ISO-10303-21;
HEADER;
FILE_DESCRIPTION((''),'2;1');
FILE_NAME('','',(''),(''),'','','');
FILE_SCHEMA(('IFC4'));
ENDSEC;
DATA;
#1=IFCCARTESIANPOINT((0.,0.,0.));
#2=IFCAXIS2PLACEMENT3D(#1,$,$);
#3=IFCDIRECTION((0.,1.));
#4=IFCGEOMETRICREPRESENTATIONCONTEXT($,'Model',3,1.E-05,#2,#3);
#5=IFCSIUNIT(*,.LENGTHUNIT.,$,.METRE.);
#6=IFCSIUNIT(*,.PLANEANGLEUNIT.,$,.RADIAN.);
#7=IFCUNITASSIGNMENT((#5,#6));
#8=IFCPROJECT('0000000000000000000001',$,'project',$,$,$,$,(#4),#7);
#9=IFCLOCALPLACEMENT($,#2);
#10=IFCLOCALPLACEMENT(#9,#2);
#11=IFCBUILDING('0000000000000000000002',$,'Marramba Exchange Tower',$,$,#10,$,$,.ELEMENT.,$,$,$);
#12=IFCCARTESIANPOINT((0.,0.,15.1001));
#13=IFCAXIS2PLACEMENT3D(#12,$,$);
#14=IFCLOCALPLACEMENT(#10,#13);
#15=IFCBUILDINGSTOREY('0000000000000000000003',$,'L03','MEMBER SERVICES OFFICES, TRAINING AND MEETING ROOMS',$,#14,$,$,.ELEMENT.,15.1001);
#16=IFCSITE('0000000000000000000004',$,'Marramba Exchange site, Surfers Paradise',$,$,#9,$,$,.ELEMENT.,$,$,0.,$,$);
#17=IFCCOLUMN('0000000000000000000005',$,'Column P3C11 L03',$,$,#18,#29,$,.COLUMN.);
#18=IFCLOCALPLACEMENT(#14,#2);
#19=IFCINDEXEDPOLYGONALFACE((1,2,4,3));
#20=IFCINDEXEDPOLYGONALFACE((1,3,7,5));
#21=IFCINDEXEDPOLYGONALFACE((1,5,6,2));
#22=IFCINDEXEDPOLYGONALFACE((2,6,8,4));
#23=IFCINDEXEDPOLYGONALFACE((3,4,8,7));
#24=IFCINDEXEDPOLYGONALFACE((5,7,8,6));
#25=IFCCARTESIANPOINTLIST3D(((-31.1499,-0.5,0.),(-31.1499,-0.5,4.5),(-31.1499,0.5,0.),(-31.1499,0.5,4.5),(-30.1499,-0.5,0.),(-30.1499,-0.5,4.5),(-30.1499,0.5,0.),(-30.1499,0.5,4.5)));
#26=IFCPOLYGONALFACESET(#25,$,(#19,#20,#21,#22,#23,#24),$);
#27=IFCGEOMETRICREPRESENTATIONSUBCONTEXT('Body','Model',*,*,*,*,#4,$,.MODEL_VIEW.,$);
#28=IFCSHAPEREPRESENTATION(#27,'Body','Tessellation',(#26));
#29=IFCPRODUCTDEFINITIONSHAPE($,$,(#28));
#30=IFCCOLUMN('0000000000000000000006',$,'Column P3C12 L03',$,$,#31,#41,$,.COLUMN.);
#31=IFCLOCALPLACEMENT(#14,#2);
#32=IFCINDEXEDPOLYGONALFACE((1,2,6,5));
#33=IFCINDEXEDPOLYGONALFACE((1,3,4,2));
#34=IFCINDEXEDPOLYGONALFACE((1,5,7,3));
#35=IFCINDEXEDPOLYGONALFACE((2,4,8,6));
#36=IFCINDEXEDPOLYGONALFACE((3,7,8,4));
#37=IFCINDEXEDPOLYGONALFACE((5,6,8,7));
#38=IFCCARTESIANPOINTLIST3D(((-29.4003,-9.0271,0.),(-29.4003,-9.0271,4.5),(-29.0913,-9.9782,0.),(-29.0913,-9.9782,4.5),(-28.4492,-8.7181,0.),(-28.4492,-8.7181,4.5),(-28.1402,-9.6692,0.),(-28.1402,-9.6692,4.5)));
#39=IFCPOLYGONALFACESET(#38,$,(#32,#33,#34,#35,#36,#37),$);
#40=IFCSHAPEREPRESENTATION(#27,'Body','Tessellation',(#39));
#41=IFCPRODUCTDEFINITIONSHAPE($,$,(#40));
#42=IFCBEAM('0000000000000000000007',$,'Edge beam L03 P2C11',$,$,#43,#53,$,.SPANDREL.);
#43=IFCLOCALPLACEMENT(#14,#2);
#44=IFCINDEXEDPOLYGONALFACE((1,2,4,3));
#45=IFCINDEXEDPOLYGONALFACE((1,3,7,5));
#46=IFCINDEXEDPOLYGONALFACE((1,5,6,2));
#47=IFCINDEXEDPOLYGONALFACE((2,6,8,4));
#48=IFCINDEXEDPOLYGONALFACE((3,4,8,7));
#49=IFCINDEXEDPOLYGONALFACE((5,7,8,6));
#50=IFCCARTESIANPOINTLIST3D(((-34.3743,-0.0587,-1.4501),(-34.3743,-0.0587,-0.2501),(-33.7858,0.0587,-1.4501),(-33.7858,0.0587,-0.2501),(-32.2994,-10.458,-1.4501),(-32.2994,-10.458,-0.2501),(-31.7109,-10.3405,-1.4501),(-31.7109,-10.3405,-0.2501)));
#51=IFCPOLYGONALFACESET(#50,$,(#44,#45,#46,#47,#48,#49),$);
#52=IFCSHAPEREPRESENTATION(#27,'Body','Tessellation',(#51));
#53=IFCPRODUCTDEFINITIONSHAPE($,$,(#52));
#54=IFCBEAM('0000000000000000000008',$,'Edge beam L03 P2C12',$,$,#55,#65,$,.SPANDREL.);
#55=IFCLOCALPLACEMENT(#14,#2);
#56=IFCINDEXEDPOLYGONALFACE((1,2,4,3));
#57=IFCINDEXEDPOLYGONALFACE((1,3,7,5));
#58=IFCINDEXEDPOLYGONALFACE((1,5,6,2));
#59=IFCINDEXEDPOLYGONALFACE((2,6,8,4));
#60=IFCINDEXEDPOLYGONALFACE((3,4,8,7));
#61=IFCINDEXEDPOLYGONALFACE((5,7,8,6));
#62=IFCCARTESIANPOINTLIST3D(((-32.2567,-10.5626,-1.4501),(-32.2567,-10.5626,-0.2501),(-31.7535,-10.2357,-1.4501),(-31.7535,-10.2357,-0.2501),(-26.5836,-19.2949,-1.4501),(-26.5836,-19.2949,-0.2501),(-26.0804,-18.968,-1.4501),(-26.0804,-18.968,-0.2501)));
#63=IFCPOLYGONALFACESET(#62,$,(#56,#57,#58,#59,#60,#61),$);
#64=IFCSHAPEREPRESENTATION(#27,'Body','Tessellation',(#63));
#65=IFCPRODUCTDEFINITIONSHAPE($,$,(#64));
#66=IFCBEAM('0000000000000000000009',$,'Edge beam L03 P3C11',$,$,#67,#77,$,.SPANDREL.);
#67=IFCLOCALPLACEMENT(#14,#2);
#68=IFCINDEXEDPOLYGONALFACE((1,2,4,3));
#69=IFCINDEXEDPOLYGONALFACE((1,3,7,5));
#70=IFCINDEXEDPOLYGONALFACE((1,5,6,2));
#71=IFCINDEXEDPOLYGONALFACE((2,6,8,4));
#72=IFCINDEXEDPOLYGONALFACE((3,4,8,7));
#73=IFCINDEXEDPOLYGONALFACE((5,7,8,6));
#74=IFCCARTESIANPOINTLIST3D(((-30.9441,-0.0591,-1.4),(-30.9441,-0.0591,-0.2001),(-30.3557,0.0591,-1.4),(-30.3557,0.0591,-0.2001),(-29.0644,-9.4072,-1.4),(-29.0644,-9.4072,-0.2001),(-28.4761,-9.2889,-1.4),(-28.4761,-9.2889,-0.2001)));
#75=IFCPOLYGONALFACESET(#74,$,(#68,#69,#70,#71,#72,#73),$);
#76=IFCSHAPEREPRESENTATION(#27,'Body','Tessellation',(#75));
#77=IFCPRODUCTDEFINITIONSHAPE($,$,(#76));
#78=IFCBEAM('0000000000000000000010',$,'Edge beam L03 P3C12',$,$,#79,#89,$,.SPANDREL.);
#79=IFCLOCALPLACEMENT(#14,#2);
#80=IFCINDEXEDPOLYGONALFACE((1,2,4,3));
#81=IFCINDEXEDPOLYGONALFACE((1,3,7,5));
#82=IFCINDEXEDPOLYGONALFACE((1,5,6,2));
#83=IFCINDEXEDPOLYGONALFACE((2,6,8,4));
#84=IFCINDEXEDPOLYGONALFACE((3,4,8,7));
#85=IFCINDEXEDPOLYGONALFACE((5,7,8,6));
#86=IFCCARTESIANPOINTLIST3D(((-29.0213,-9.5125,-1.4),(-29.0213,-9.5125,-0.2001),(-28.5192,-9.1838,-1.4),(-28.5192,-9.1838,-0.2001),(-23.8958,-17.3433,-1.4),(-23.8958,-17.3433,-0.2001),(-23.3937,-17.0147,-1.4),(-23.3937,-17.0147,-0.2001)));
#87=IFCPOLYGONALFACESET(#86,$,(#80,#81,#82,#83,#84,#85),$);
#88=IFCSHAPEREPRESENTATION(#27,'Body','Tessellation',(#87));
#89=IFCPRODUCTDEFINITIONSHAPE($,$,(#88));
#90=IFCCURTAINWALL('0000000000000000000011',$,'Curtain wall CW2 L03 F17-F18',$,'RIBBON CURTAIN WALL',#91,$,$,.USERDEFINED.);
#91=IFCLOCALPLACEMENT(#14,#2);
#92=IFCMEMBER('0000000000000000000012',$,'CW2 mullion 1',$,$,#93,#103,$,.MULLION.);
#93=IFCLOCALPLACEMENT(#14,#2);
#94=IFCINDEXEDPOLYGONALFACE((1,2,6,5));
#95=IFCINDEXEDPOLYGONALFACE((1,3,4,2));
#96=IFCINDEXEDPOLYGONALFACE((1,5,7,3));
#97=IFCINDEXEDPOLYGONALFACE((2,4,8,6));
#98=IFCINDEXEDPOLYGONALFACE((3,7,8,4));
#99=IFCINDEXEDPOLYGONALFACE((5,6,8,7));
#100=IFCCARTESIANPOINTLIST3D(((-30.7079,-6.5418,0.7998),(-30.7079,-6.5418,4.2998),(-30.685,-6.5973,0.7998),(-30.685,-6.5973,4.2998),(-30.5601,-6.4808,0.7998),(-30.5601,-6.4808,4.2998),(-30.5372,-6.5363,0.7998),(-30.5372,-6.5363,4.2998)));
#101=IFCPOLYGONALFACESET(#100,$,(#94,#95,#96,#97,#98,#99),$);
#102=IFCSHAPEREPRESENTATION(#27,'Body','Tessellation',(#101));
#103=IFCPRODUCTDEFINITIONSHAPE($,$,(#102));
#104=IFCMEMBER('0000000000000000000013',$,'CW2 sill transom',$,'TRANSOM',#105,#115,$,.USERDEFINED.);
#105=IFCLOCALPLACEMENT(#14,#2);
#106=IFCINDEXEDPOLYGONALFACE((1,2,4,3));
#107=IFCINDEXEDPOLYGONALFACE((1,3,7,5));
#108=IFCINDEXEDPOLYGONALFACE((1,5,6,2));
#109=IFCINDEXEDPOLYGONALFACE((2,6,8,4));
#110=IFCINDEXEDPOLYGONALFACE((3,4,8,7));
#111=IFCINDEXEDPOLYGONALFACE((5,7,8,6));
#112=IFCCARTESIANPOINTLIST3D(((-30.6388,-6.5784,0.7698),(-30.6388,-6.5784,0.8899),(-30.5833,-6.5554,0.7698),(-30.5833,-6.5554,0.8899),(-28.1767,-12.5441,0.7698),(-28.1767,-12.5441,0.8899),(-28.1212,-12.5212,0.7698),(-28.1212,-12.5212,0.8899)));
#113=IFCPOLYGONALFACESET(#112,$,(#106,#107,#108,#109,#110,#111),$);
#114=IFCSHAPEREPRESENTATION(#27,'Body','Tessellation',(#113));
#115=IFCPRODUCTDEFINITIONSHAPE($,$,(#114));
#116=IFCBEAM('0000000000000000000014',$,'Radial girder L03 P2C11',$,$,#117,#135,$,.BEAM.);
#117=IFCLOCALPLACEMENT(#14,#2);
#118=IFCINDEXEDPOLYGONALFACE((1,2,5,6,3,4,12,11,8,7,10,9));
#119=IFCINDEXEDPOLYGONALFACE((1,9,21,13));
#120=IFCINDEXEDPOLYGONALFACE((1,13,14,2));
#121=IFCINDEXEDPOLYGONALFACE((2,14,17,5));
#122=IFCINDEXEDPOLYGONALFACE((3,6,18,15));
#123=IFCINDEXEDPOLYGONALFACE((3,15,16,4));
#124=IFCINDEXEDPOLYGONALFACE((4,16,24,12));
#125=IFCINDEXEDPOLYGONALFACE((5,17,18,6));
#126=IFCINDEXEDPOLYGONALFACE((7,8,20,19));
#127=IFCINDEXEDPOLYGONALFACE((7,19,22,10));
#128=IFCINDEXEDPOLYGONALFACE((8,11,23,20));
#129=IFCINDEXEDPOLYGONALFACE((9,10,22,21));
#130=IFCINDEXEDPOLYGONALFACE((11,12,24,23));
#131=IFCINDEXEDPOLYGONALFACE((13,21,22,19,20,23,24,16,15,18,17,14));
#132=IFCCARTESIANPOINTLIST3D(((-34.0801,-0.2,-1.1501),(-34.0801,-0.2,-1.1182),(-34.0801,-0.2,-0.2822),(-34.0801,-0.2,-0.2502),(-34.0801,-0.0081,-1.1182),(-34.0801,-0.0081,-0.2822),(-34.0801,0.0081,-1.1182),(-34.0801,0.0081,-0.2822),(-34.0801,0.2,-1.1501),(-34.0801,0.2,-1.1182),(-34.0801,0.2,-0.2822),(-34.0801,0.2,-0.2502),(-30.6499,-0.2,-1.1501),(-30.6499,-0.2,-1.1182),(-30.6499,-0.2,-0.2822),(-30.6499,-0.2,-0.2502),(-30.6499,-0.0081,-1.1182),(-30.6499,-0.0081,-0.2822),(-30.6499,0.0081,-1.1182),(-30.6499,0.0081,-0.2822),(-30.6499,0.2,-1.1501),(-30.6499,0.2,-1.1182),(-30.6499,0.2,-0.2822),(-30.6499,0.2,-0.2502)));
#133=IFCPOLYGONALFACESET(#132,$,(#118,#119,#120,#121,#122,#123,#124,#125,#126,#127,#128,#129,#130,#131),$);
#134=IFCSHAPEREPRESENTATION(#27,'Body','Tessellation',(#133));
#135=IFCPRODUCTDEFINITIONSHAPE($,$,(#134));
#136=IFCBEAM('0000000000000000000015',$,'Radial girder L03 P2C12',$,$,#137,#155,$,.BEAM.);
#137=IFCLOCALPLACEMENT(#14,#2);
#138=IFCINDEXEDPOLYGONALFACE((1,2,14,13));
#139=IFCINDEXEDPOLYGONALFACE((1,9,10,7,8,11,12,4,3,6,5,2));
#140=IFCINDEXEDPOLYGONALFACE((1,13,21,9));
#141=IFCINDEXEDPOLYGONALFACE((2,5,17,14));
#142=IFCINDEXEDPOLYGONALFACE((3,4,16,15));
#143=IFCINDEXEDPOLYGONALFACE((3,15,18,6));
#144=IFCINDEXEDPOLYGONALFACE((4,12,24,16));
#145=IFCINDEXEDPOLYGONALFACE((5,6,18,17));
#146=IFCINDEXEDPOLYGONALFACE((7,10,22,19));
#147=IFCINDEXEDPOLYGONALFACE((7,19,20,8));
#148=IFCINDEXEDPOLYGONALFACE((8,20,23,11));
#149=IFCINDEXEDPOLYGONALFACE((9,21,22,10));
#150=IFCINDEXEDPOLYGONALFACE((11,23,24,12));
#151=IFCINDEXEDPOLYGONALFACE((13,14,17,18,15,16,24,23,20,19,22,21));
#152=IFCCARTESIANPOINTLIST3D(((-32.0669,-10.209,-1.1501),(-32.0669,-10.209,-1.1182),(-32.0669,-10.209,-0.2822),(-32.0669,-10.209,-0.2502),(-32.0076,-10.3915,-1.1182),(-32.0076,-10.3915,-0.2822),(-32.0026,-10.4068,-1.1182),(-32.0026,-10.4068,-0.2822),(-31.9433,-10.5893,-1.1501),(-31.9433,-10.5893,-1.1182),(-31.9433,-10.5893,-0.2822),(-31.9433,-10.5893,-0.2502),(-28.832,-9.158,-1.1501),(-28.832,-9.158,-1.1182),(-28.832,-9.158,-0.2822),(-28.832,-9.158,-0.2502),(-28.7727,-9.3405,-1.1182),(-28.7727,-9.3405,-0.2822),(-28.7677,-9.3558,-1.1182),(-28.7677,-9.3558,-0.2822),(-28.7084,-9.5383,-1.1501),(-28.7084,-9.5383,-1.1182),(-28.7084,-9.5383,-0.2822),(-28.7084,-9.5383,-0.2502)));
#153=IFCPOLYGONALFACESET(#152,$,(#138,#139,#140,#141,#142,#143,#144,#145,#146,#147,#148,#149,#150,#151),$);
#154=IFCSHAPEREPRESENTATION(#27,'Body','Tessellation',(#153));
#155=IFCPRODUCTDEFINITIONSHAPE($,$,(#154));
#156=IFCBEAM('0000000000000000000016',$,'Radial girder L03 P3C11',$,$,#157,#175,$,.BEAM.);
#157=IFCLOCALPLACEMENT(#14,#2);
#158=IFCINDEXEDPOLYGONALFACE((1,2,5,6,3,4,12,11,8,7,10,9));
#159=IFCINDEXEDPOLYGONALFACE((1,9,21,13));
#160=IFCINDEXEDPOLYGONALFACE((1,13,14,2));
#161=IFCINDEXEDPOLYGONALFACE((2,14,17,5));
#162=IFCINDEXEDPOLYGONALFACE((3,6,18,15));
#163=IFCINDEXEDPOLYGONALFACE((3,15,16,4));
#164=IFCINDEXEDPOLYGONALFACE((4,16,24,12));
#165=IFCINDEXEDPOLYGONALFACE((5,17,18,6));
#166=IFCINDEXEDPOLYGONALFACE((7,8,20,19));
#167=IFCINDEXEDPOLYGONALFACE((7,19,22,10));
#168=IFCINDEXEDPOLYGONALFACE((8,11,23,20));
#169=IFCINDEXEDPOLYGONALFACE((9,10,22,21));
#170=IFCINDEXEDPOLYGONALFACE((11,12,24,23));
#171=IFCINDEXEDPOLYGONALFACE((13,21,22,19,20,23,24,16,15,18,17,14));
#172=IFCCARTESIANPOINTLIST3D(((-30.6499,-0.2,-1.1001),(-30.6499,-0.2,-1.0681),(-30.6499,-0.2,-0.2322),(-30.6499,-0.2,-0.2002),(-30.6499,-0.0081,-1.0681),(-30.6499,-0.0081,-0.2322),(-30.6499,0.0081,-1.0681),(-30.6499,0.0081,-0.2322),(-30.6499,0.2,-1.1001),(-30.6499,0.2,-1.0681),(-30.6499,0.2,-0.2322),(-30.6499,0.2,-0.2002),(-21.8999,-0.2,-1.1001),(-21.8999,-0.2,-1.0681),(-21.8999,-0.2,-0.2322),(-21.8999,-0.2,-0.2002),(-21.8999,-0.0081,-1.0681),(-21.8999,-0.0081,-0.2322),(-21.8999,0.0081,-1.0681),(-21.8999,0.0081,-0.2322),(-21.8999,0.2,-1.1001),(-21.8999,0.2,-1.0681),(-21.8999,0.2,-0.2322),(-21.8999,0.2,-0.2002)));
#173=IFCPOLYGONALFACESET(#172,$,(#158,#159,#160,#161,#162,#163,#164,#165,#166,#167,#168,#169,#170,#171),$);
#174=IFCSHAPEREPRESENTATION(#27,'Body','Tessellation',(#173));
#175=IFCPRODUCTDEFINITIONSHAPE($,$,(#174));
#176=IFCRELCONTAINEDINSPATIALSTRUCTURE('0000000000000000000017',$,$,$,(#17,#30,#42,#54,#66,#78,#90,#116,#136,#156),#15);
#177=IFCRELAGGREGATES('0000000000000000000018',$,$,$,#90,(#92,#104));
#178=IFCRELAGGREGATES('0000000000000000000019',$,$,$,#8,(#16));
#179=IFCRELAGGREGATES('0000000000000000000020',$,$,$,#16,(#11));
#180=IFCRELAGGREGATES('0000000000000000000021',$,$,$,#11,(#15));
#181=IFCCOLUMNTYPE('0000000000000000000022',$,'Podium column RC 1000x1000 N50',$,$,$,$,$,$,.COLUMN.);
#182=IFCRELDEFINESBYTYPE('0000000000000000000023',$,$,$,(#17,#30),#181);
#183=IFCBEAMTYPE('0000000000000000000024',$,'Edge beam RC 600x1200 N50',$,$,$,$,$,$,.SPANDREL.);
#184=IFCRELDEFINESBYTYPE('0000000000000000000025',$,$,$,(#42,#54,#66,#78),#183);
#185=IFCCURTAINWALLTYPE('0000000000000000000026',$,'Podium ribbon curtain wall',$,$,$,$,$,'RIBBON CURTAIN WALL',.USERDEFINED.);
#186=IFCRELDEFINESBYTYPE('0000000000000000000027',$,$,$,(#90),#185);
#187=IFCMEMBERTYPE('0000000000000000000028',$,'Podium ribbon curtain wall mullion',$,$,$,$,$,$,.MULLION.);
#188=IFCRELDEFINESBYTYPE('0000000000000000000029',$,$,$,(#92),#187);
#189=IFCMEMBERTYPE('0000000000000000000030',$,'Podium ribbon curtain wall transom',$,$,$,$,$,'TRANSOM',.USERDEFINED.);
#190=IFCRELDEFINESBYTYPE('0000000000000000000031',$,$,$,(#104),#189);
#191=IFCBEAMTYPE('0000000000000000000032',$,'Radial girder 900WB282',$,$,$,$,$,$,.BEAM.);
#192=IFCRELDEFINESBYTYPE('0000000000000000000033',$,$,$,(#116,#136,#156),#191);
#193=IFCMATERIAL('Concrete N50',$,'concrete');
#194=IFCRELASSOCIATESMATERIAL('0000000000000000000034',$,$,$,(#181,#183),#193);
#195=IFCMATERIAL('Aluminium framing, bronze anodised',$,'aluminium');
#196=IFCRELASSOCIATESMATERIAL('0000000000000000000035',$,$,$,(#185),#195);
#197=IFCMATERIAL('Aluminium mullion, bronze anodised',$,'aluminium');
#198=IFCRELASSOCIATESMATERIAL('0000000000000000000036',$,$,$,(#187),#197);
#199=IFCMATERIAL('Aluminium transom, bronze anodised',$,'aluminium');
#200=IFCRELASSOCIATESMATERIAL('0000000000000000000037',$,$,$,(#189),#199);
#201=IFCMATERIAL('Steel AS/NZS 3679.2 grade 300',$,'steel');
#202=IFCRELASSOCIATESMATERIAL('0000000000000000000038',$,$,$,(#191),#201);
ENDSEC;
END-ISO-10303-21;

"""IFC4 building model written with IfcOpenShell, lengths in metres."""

from ifc_helpers import new_model, si_unit, direction, frame, origin, origin_2d, place, context, subcontext, project, spatial, rectangle, i_section, extrude, material, material_profile, profile_set, type_object, element, aggregate, save


model = new_model("IFC4")

# Units and contexts
model_context = context("Model", 3, precision=1e-05, world=origin(), true_north=direction((0.0, 1.0)))
body_context = subcontext(model_context, "Body", "Model", "MODEL_VIEW")
ifc_project = project(units=[si_unit("LENGTHUNIT", "METRE"), si_unit("PLANEANGLEUNIT", "RADIAN")], contexts=[model_context])

# Site, building, storey
site_placement = place(None, origin())
site = spatial("IfcSite", under=ifc_project, at=site_placement, Name="Marramba Exchange site, Surfers Paradise", CompositionType="ELEMENT", RefElevation=0.0)
building_placement = place(site_placement, origin())
building = spatial("IfcBuilding", under=site, at=building_placement, Name="Marramba Exchange Tower", CompositionType="ELEMENT")
storey_placement = place(building_placement, frame((0.0, 0.0, 15.1001)))
storey = spatial("IfcBuildingStorey", under=building, at=storey_placement, Name="L03", Description="MEMBER SERVICES OFFICES, TRAINING AND MEETING ROOMS", CompositionType="ELEMENT", Elevation=15.1001)

# Columns
ifc_material_1 = material(Name="Concrete N50", Category="concrete")
ifc_material_profile_1 = material_profile(ifc_material_1, rectangle(XDim=1.0, YDim=1.0, at=origin_2d()), Name="RC 1000x1000")
ifc_profile_set_1 = profile_set([ifc_material_profile_1], Name="Concrete N50")
column_type = type_object("IfcColumnType", Name="Podium column RC 1000x1000 N50", PredefinedType="COLUMN", material=ifc_profile_set_1)
for number, where, z_axis, x_axis, name in (
    (1, (-30.6499, 0.0, 0.0), (0.0, 0.0, 1.0), (-1.0, 0.0, 0.0), "Column P3C11 L03"),
    (2, (-28.7703, -9.3481, 0.0), (0.0, 0.0, 1.0), (-0.951057, -0.309017, 0.0), "Column P3C12 L03"),
):
    element("IfcColumn", number, at=place(storey_placement, frame(where, z_axis=z_axis, x_axis=x_axis)), inside=storey, type_object=column_type, Name=name, PredefinedType="COLUMN", context=body_context, shape_type="SweptSolid", body=[
        extrude(rectangle(XDim=1.0, YDim=1.0, at=origin_2d()), origin(), (0.0, 0.0, 1.0), 4.5),
    ])

# Beams
ifc_material_profile_2 = material_profile(ifc_material_1, rectangle(XDim=0.6001, YDim=1.2, at=origin_2d()), Name="RC 600x1200")
ifc_profile_set_2 = profile_set([ifc_material_profile_2], Name="Concrete N50")
beam_type_1 = type_object("IfcBeamType", Name="Edge beam RC 600x1200 N50", PredefinedType="SPANDREL", material=ifc_profile_set_2)
beam_1_placement = place(storey_placement, frame((-34.0801, 0.0, -0.8501), z_axis=(0.195673, -0.980669, 0.0), x_axis=(0.980669, 0.195673, 0.0)))
element("IfcBeam", 3, at=beam_1_placement, inside=storey, type_object=beam_type_1, Name="Edge beam L03 P2C11", PredefinedType="SPANDREL", context=body_context, shape_type="SweptSolid", body=[
    extrude(rectangle(XDim=0.6001, YDim=1.2, at=origin_2d()), origin(), (0.0, 0.0, 1.0), 10.6042),
])
beam_2_placement = place(storey_placement, frame((-32.0051, -10.3992, -0.8501), z_axis=(0.544798, -0.838567, 0.0), x_axis=(0.838567, 0.544798, 0.0)))
element("IfcBeam", 4, at=beam_2_placement, inside=storey, type_object=beam_type_1, Name="Edge beam L03 P2C12", PredefinedType="SPANDREL", context=body_context, shape_type="SweptSolid", body=[
    extrude(rectangle(XDim=0.6001, YDim=1.2, at=origin_2d()), origin(), (0.0, 0.0, 1.0), 10.4133),
])
beam_3_placement = place(storey_placement, frame((-30.6499, 0.0, -0.8), z_axis=(0.197125, -0.980378, 0.0), x_axis=(0.980378, 0.197125, 0.0)))
element("IfcBeam", 5, at=beam_3_placement, inside=storey, type_object=beam_type_1, Name="Edge beam L03 P3C11", PredefinedType="SPANDREL", context=body_context, shape_type="SweptSolid", body=[
    extrude(rectangle(XDim=0.6001, YDim=1.2, at=origin_2d()), origin(), (0.0, 0.0, 1.0), 9.5352),
])
beam_4_placement = place(storey_placement, frame((-28.7703, -9.3481, -0.8), z_axis=(0.547649, -0.836708, 0.0), x_axis=(0.836708, 0.547649, 0.0)))
element("IfcBeam", 6, at=beam_4_placement, inside=storey, type_object=beam_type_1, Name="Edge beam L03 P3C12", PredefinedType="SPANDREL", context=body_context, shape_type="SweptSolid", body=[
    extrude(rectangle(XDim=0.6001, YDim=1.2, at=origin_2d()), origin(), (0.0, 0.0, 1.0), 9.3591),
])

# Curtain wall, members
ifc_material_2 = material(Name="Aluminium framing, bronze anodised", Category="aluminium")
curtain_wall_type = type_object("IfcCurtainWallType", Name="Podium ribbon curtain wall", ElementType="RIBBON CURTAIN WALL", PredefinedType="USERDEFINED", material=ifc_material_2)
curtain_wall_placement = place(storey_placement, origin())
curtain_wall = element("IfcCurtainWall", 7, at=curtain_wall_placement, inside=storey, type_object=curtain_wall_type, Name="Curtain wall CW2 L03 F17-F18", ObjectType="RIBBON CURTAIN WALL", PredefinedType="USERDEFINED")
ifc_material_3 = material(Name="Aluminium mullion, bronze anodised", Category="aluminium")
ifc_material_profile_3 = material_profile(ifc_material_3, rectangle(XDim=0.1599, YDim=0.0601, at=origin_2d()), Name="CW2 mullion 60x160")
ifc_profile_set_3 = profile_set([ifc_material_profile_3], Name="Aluminium mullion, bronze anodised")
member_type_1 = type_object("IfcMemberType", Name="Podium ribbon curtain wall mullion", PredefinedType="MULLION", material=ifc_profile_set_3)
member_1_placement = place(storey_placement, frame((-30.6226, -6.5391, 0.7998), z_axis=(0.0, 0.0, 1.0), x_axis=(0.924363, 0.381514, 0.0)))
member_1 = element("IfcMember", 8, at=member_1_placement, type_object=member_type_1, Name="CW2 mullion 1", PredefinedType="MULLION", context=body_context, shape_type="SweptSolid", body=[
    extrude(rectangle(XDim=0.1599, YDim=0.0601, at=origin_2d()), origin(), (0.0, 0.0, 1.0), 3.5),
])
ifc_material_4 = material(Name="Aluminium transom, bronze anodised", Category="aluminium")
ifc_material_profile_4 = material_profile(ifc_material_4, rectangle(XDim=0.0601, YDim=0.1201, at=origin_2d()), Name="CW2 transom 60x120")
ifc_profile_set_4 = profile_set([ifc_material_profile_4], Name="Aluminium transom, bronze anodised")
member_type_2 = type_object("IfcMemberType", Name="Podium ribbon curtain wall transom", ElementType="TRANSOM", PredefinedType="USERDEFINED", material=ifc_profile_set_4)
member_2_placement = place(storey_placement, frame((-30.6111, -6.5669, 0.8298), z_axis=(0.381497, -0.92437, 0.0), x_axis=(0.92437, 0.381497, 0.0)))
member_2 = element("IfcMember", 9, at=member_2_placement, type_object=member_type_2, Name="CW2 sill transom", ObjectType="TRANSOM", PredefinedType="USERDEFINED", context=body_context, shape_type="SweptSolid", body=[
    extrude(rectangle(XDim=0.0601, YDim=0.1201, at=origin_2d()), origin(), (0.0, 0.0, 1.0), 6.4539),
])

# Beams
ifc_material_5 = material(Name="Steel AS/NZS 3679.2 grade 300", Category="steel")
ifc_material_profile_5 = material_profile(ifc_material_5, i_section(OverallWidth=0.3999, OverallDepth=0.8999, WebThickness=0.0161, FlangeThickness=0.032, at=origin_2d()), Name="900WB282")
ifc_profile_set_5 = profile_set([ifc_material_profile_5], Name="Steel AS/NZS 3679.2 grade 300")
beam_type_2 = type_object("IfcBeamType", Name="Radial girder 900WB282", PredefinedType="BEAM", material=ifc_profile_set_5)
beam_5_placement = place(storey_placement, frame((-34.0801, 0.0, -0.7002), z_axis=(1.0, 0.0, 0.0), x_axis=(0.0, 1.0, 0.0)))
element("IfcBeam", 10, at=beam_5_placement, inside=storey, type_object=beam_type_2, Name="Radial girder L03 P2C11", PredefinedType="BEAM", context=body_context, shape_type="SweptSolid", body=[
    extrude(i_section(OverallWidth=0.3999, OverallDepth=0.8999, WebThickness=0.0161, FlangeThickness=0.032, at=origin_2d()), origin(), (0.0, 0.0, 1.0), 3.4302),
])
beam_6_placement = place(storey_placement, frame((-32.0051, -10.3992, -0.7002), z_axis=(0.95106, 0.309005, 0.0), x_axis=(-0.309005, 0.95106, 0.0)))
element("IfcBeam", 11, at=beam_6_placement, inside=storey, type_object=beam_type_2, Name="Radial girder L03 P2C12", PredefinedType="BEAM", context=body_context, shape_type="SweptSolid", body=[
    extrude(i_section(OverallWidth=0.3999, OverallDepth=0.8999, WebThickness=0.0161, FlangeThickness=0.032, at=origin_2d()), origin(), (0.0, 0.0, 1.0), 3.4014),
])
beam_7_placement = place(storey_placement, frame((-30.6499, 0.0, -0.6501), z_axis=(1.0, 0.0, 0.0), x_axis=(0.0, 1.0, 0.0)))
element("IfcBeam", 12, at=beam_7_placement, inside=storey, type_object=beam_type_2, Name="Radial girder L03 P3C11", PredefinedType="BEAM", context=body_context, shape_type="SweptSolid", body=[
    extrude(i_section(OverallWidth=0.3999, OverallDepth=0.8999, WebThickness=0.0161, FlangeThickness=0.032, at=origin_2d()), origin(), (0.0, 0.0, 1.0), 8.75),
])

aggregate(curtain_wall, [member_1, member_2])

save(model, "model.ifc")
